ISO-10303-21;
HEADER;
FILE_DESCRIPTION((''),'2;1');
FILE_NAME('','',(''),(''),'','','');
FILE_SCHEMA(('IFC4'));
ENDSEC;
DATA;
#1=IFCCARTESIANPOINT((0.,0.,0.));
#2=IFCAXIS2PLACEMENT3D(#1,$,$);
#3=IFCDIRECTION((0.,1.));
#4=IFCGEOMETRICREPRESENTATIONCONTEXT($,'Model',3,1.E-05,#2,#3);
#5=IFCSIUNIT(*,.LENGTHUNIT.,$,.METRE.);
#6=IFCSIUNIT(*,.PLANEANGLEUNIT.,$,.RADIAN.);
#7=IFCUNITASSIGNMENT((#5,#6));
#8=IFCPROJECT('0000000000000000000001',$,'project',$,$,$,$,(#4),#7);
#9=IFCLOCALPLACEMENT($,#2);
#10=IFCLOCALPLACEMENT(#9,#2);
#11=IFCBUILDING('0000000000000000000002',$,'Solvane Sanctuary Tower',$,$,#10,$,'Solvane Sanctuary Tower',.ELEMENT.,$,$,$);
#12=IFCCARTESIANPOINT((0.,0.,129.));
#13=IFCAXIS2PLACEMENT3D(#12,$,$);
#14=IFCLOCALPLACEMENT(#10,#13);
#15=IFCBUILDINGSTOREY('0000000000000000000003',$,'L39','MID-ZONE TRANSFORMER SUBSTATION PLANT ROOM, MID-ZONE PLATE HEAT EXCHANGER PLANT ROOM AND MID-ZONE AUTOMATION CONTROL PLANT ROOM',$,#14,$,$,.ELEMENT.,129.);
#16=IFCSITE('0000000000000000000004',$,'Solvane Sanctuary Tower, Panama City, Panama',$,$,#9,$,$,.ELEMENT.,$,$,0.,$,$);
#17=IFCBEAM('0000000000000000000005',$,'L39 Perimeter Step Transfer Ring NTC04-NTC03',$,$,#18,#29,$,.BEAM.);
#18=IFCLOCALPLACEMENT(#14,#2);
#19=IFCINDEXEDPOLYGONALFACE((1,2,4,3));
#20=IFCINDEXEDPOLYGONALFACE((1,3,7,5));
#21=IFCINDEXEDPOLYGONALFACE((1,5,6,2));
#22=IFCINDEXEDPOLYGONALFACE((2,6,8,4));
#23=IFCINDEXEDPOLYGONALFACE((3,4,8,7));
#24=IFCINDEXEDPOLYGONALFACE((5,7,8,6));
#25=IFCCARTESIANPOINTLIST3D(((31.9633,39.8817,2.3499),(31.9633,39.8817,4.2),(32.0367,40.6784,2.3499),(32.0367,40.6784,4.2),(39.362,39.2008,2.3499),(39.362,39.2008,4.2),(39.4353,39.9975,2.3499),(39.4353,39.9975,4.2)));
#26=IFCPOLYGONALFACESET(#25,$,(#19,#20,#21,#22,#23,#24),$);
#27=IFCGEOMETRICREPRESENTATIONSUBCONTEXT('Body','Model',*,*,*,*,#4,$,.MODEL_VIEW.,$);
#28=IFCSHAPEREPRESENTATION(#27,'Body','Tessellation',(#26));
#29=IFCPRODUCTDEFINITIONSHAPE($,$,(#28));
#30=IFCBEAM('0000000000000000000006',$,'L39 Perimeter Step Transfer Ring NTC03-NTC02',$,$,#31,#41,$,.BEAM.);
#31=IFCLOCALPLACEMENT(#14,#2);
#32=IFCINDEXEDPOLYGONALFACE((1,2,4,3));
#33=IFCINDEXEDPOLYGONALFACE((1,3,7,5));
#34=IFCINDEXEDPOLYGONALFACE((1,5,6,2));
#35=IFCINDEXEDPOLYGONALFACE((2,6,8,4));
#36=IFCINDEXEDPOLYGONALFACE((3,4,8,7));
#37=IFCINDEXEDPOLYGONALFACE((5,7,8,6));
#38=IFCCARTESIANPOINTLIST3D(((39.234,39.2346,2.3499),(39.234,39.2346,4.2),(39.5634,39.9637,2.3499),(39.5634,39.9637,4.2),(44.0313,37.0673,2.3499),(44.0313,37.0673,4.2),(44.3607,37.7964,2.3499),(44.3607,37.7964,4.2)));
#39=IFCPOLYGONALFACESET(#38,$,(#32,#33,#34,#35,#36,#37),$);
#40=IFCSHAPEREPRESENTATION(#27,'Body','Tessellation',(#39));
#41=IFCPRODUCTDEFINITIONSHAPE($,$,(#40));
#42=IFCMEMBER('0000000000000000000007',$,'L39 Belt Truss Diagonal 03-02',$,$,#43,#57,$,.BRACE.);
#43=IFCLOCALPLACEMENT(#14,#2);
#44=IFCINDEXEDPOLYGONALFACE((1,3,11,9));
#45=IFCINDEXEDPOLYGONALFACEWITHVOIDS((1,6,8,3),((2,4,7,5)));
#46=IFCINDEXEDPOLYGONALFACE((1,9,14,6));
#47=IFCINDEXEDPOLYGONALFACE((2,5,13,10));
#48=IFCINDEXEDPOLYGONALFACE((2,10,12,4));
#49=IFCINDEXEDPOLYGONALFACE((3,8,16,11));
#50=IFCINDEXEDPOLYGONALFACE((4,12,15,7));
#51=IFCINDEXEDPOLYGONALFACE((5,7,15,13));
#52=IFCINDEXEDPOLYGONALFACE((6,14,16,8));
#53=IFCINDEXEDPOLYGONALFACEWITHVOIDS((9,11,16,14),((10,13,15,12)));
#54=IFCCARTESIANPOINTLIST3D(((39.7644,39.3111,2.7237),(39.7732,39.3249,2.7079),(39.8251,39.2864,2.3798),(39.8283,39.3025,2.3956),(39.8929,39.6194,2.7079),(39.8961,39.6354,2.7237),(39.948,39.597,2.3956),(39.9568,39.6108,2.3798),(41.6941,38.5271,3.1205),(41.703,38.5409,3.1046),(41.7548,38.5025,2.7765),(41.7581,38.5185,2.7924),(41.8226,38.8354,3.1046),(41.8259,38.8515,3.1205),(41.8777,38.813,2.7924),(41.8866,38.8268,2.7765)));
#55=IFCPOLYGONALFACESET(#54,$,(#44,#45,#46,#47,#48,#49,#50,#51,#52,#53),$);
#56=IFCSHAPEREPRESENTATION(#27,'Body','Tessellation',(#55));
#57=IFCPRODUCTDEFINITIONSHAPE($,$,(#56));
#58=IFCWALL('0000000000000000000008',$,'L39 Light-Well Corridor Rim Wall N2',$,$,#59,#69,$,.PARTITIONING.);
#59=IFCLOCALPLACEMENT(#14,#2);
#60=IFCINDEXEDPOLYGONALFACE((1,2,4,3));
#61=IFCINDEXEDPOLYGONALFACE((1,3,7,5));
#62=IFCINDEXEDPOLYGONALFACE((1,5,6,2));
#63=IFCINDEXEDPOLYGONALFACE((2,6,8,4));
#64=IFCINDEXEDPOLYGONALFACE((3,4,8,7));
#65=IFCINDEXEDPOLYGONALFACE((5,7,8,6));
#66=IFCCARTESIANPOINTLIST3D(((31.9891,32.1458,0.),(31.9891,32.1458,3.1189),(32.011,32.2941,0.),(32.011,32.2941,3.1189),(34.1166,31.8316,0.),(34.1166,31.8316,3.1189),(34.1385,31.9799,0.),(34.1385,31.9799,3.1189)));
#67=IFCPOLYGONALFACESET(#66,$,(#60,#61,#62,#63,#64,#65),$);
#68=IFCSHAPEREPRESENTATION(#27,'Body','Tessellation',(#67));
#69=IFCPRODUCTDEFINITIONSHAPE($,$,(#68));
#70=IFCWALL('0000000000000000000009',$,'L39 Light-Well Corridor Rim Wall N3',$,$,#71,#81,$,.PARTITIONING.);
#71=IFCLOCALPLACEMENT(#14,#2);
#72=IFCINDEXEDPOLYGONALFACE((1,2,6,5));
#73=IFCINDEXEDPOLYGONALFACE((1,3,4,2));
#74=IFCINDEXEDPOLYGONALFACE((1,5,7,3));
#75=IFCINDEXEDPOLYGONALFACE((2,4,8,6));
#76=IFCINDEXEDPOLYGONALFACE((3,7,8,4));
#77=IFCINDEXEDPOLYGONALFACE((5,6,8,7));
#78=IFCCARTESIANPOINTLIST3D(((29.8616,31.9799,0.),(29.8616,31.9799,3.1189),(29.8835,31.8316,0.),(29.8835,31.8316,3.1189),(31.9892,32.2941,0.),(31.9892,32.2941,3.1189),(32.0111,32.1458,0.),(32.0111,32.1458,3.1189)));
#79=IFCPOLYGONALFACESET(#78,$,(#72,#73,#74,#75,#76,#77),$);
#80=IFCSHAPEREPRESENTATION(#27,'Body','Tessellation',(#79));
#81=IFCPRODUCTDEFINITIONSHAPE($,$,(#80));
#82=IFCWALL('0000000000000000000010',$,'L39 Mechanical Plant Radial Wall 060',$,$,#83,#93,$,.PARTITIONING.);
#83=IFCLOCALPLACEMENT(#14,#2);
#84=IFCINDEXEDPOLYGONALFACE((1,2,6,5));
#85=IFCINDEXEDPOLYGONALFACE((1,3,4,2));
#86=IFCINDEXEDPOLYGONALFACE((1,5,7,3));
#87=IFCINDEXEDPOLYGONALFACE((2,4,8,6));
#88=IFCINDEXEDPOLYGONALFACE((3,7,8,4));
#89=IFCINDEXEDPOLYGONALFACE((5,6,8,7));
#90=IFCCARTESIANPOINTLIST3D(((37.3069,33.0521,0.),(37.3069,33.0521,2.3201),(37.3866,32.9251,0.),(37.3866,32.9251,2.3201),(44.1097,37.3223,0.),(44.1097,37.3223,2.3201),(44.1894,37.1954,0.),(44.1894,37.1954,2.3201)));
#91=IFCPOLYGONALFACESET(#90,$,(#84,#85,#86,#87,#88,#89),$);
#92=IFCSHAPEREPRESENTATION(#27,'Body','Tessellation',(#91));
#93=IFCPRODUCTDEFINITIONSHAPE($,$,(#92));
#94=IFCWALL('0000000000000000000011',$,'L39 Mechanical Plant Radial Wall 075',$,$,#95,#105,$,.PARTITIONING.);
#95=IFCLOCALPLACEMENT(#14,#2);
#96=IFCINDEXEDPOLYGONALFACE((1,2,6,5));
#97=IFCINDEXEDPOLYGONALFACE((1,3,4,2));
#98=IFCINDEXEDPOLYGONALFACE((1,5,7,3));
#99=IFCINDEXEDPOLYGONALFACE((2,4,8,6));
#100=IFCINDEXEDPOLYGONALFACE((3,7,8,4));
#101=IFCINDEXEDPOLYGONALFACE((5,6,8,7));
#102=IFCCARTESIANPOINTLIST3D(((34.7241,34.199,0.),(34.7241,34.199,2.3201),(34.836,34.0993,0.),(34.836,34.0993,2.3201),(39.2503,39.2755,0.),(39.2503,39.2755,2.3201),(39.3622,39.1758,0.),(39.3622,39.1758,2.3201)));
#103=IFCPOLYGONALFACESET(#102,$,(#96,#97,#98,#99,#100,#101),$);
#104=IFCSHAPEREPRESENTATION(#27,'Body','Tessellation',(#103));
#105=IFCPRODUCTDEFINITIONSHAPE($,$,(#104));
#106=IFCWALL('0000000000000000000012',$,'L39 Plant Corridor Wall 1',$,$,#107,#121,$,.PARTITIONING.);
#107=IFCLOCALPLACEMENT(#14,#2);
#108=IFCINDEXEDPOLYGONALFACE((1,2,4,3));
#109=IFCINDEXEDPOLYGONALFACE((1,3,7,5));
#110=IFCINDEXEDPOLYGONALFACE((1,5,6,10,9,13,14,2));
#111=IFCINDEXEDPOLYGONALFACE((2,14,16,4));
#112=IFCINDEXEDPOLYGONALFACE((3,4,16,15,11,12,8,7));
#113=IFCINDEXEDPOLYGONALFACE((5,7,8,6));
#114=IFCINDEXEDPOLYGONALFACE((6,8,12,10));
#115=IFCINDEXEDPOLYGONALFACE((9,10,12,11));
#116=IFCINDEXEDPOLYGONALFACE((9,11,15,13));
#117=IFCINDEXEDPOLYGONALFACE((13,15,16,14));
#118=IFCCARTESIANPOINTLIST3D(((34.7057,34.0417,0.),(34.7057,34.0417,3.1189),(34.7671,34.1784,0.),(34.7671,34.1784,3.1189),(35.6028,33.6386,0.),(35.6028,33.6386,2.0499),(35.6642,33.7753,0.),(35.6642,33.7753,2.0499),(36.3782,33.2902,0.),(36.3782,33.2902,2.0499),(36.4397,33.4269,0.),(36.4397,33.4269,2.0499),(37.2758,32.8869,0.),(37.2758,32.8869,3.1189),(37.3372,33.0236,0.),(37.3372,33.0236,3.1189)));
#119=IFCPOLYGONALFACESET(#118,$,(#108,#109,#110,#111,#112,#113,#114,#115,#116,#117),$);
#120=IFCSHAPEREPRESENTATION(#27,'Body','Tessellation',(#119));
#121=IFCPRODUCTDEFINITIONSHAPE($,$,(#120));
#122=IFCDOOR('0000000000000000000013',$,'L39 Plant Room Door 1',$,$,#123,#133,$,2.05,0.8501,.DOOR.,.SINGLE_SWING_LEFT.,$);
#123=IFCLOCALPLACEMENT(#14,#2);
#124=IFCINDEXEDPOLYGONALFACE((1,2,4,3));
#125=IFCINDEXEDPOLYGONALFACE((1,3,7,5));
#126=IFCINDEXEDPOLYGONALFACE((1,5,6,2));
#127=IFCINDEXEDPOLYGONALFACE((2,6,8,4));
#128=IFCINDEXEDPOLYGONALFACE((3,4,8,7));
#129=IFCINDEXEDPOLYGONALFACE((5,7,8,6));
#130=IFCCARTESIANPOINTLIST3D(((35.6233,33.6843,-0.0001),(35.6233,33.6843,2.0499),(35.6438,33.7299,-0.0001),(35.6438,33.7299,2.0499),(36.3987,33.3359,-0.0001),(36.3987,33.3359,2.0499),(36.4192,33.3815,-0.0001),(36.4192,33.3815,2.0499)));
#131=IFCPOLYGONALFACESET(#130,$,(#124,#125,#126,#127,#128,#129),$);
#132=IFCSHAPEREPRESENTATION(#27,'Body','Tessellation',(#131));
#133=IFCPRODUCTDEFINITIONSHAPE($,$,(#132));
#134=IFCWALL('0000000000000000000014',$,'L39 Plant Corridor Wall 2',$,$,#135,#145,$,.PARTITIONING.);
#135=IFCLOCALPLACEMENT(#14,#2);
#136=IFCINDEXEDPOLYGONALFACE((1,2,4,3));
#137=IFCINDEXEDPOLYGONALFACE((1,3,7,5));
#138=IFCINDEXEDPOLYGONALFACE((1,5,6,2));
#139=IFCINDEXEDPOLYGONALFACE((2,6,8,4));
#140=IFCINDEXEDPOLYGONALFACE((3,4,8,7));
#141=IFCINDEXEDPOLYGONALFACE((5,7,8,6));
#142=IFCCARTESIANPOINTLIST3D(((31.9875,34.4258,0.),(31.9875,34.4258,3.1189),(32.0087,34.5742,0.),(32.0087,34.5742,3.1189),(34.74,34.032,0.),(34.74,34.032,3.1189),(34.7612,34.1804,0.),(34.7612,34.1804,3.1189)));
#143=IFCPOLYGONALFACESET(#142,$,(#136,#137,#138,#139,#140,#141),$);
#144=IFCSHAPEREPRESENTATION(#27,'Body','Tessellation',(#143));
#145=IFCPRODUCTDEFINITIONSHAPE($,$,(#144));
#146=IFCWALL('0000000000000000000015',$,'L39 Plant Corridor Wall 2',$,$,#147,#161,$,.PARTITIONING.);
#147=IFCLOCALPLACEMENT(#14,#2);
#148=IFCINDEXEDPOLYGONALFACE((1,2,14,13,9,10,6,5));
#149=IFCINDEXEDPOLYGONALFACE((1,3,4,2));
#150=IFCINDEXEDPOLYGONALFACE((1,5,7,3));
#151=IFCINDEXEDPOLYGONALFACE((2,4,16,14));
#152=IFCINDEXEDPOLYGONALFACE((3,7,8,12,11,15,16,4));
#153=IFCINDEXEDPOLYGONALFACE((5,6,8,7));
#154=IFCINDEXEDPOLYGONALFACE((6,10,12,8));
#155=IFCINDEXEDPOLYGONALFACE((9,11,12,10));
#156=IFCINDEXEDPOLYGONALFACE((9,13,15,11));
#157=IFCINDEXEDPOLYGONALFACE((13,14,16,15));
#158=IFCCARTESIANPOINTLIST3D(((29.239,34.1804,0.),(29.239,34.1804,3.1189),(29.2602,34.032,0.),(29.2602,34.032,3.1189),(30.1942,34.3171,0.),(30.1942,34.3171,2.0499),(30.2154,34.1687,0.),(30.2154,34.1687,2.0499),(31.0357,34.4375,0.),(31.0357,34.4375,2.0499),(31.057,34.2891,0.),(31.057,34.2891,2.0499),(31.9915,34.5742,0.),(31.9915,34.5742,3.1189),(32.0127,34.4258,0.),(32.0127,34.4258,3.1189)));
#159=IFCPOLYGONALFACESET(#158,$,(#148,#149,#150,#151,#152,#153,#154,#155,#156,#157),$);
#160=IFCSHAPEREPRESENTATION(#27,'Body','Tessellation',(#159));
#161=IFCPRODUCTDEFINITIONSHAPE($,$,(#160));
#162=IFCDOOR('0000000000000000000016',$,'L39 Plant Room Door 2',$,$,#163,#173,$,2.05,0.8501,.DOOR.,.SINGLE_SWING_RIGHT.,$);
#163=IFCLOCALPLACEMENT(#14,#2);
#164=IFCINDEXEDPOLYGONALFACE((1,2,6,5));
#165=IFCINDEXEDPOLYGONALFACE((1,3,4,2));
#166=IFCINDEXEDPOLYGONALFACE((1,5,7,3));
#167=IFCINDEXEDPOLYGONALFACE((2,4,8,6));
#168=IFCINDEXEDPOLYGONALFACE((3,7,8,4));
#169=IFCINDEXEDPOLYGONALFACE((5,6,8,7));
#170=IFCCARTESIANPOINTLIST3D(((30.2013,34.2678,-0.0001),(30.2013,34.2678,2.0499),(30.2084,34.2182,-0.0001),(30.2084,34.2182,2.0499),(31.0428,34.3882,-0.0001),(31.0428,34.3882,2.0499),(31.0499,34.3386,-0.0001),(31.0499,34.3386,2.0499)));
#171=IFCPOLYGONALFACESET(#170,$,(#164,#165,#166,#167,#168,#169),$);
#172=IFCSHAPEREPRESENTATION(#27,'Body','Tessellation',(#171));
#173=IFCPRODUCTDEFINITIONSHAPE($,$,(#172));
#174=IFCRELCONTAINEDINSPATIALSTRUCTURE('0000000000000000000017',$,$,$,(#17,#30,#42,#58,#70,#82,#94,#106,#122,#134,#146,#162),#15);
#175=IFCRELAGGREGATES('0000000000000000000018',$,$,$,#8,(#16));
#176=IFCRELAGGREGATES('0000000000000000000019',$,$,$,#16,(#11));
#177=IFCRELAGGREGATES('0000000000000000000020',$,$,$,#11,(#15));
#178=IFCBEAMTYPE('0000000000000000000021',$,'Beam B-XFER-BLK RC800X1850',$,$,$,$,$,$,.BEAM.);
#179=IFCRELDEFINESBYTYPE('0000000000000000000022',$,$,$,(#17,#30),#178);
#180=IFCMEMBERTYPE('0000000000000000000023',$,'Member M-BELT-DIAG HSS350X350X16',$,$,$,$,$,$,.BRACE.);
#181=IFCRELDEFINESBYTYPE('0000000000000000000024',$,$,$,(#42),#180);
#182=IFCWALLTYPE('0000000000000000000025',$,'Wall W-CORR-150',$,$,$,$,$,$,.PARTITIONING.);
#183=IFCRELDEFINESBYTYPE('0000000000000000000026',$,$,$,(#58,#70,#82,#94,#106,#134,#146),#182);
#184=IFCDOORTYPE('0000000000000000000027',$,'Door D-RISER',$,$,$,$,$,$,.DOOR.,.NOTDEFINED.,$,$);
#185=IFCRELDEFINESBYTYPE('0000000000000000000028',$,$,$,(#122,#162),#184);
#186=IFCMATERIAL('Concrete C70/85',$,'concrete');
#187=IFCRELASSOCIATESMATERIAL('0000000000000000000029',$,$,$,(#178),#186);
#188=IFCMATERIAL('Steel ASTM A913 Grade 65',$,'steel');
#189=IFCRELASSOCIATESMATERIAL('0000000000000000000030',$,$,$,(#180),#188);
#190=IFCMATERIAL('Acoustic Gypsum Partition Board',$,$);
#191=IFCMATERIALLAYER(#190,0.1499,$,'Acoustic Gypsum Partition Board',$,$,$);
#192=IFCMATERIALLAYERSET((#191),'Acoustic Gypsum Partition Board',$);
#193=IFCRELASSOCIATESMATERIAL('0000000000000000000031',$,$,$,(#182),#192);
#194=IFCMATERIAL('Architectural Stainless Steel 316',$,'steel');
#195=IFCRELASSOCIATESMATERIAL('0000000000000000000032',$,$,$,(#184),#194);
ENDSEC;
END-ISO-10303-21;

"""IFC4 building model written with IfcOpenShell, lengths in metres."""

from ifc_helpers import new_model, si_unit, direction, frame, frame_2d, origin, origin_2d, place, context, subcontext, project, spatial, rectangle, hollow_rectangle, extrude, material, layer, layer_set, material_profile, profile_set, type_object, element, fill, save


model = new_model("IFC4")

# Units and contexts
model_context = context("Model", 3, precision=1e-05, world=origin(), true_north=direction((0.0, 1.0)))
body_context = subcontext(model_context, "Body", "Model", "MODEL_VIEW")
ifc_project = project(units=[si_unit("LENGTHUNIT", "METRE"), si_unit("PLANEANGLEUNIT", "RADIAN")], contexts=[model_context])

# Site, building, storey
site_placement = place(None, origin())
site = spatial("IfcSite", under=ifc_project, at=site_placement, Name="Solvane Sanctuary Tower, Panama City, Panama", CompositionType="ELEMENT", RefElevation=0.0)
building_placement = place(site_placement, origin())
building = spatial("IfcBuilding", under=site, at=building_placement, Name="Solvane Sanctuary Tower", LongName="Solvane Sanctuary Tower", CompositionType="ELEMENT")
storey_placement = place(building_placement, frame((0.0, 0.0, 129.0)))
storey = spatial("IfcBuildingStorey", under=building, at=storey_placement, Name="L39", Description="MID-ZONE TRANSFORMER SUBSTATION PLANT ROOM, MID-ZONE PLATE HEAT EXCHANGER PLANT ROOM AND MID-ZONE AUTOMATION CONTROL PLANT ROOM", CompositionType="ELEMENT", Elevation=129.0)

# Beams
ifc_material_1 = material(Name="Steel ASTM A913 Grade 65", Category="steel")
ifc_material_2 = material(Name="Concrete C70/85", Category="concrete")
ifc_material_profile_1 = material_profile(ifc_material_2, rectangle(XDim=0.8, YDim=1.8501, at=origin_2d()), Name="RC800X1850")
ifc_profile_set_1 = profile_set([ifc_material_profile_1], Name="Concrete C70/85")
beam_type_1 = type_object("IfcBeamType", Name="Beam B-XFER-BLK RC800X1850", PredefinedType="BEAM", material=ifc_profile_set_1)
beam_1_placement = place(storey_placement, frame((32.0, 40.28, 3.2749), z_axis=(0.995792, -0.091644, 0.0), x_axis=(0.091644, 0.995792, 0.0)))
element("IfcBeam", 1, at=beam_1_placement, inside=storey, type_object=beam_type_1, Name="L39 Perimeter Step Transfer Ring NTC04-NTC03", PredefinedType="BEAM", context=body_context, shape_type="SweptSolid", body=[
    extrude(rectangle(XDim=0.8, YDim=1.8501, at=origin_2d()), origin(), (0.0, 0.0, 1.0), 7.4299),
])
beam_2_placement = place(storey_placement, frame((39.3987, 39.5991, 3.2749), z_axis=(0.911322, -0.411695, 0.0), x_axis=(0.411695, 0.911322, 0.0)))
element("IfcBeam", 2, at=beam_2_placement, inside=storey, type_object=beam_type_1, Name="L39 Perimeter Step Transfer Ring NTC03-NTC02", PredefinedType="BEAM", context=body_context, shape_type="SweptSolid", body=[
    extrude(rectangle(XDim=0.8, YDim=1.8501, at=origin_2d()), origin(), (0.0, 0.0, 1.0), 5.2642),
])

# Member
ifc_material_profile_2 = material_profile(ifc_material_1, hollow_rectangle(XDim=0.3501, YDim=0.3501, WallThickness=0.0161, at=origin_2d()), Name="HSS350X350X16")
ifc_profile_set_2 = profile_set([ifc_material_profile_2], Name="Steel ASTM A913 Grade 65")
member_type = type_object("IfcMemberType", Name="Member M-BELT-DIAG HSS350X350X16", PredefinedType="BRACE", material=ifc_profile_set_2)
member_placement = place(storey_placement, frame((39.8606, 39.4609, 2.5518), z_axis=(0.910104, -0.36973, 0.18711), x_axis=(0.376377, 0.926467, 0.0)))
element("IfcMember", 3, at=member_placement, inside=storey, type_object=member_type, Name="L39 Belt Truss Diagonal 03-02", PredefinedType="BRACE", context=body_context, shape_type="SweptSolid", body=[
    extrude(hollow_rectangle(XDim=0.3501, YDim=0.3501, WallThickness=0.0161, at=origin_2d()), origin(), (0.0, 0.0, 1.0), 2.1204),
])

# Walls
ifc_material_3 = material(Name="Acoustic Gypsum Partition Board")
ifc_layer_1 = layer(ifc_material_3, 0.1499, Name="Acoustic Gypsum Partition Board")
ifc_layer_set_1 = layer_set([ifc_layer_1], Name="Acoustic Gypsum Partition Board")
wall_type_1 = type_object("IfcWallType", Name="Wall W-CORR-150", PredefinedType="PARTITIONING", material=ifc_layer_set_1)
for number, where, z_axis, x_axis, name in (
    (4, (34.1274, 31.9058, 0.0), (0.0, 0.0, 1.0), (-0.989269, 0.146108, 0.0), "L39 Light-Well Corridor Rim Wall N2"),
    (5, (32.0, 32.22, 0.0), (0.0, 0.0, 1.0), (-0.989269, -0.146108, 0.0), "L39 Light-Well Corridor Rim Wall N3"),
):
    element("IfcWall", number, at=place(storey_placement, frame(where, z_axis=z_axis, x_axis=x_axis)), inside=storey, type_object=wall_type_1, Name=name, PredefinedType="PARTITIONING", context=body_context, shape_type="SweptSolid", body=[
        extrude(rectangle(XDim=2.1506, YDim=0.1499, at=frame_2d((1.0752, 0.0))), origin(), (0.0, 0.0, 1.0), 3.1189),
    ])
wall_1_placement = place(storey_placement, frame((37.3467, 32.9885, 0.0), z_axis=(0.0, 0.0, 1.0), x_axis=(0.846958, 0.531659, 0.0)))
element("IfcWall", 6, at=wall_1_placement, inside=storey, type_object=wall_type_1, Name="L39 Mechanical Plant Radial Wall 060", PredefinedType="PARTITIONING", context=body_context, shape_type="SweptSolid", body=[
    extrude(rectangle(XDim=8.032, YDim=0.1499, at=frame_2d((4.0161, 0.0))), origin(), (0.0, 0.0, 1.0), 2.3201),
])
wall_2_placement = place(storey_placement, frame((34.78, 34.1492, 0.0), z_axis=(0.0, 0.0, 1.0), x_axis=(0.665493, 0.746404, 0.0)))
element("IfcWall", 7, at=wall_2_placement, inside=storey, type_object=wall_type_1, Name="L39 Mechanical Plant Radial Wall 075", PredefinedType="PARTITIONING", context=body_context, shape_type="SweptSolid", body=[
    extrude(rectangle(XDim=6.8013, YDim=0.1499, at=frame_2d((3.4006, 0.0))), origin(), (0.0, 0.0, 1.0), 2.3201),
])

# Wall, opening, door
wall_3_placement = place(storey_placement, frame((37.3064, 32.9553, 0.0), z_axis=(0.0, 0.0, 1.0), x_axis=(-0.912153, 0.409849, 0.0)))
wall_3 = element("IfcWall", 8, at=wall_3_placement, inside=storey, type_object=wall_type_1, Name="L39 Plant Corridor Wall 1", PredefinedType="PARTITIONING", context=body_context, shape_type="SweptSolid", body=[
    extrude(rectangle(XDim=2.8176, YDim=0.1499, at=frame_2d((1.4087, 0.0))), origin(), (0.0, 0.0, 1.0), 3.1189),
])
opening_1_placement = place(wall_3_placement, frame((0.9839, 0.0, 0.0)))
opening_1 = element("IfcOpeningElement", 9, at=opening_1_placement, cuts=wall_3, PredefinedType="OPENING", context=body_context, shape_type="SweptSolid", body=[
    extrude(rectangle(XDim=0.8501, YDim=2.05, at=frame_2d((0.425, 1.0249))), frame((0.0, 0.085, 0.0), z_axis=(0.0, -1.0, 0.0), x_axis=(1.0, 0.0, 0.0)), (0.0, 0.0, 1.0), 0.1699),
])
ifc_material_4 = material(Name="Architectural Stainless Steel 316", Category="steel")
door_type = type_object("IfcDoorType", Name="Door D-RISER", OperationType="NOTDEFINED", PredefinedType="DOOR", material=ifc_material_4)
door_1_placement = place(opening_1_placement, origin())
door_1 = element("IfcDoor", 10, at=door_1_placement, inside=storey, type_object=door_type, Name="L39 Plant Room Door 1", OperationType="SINGLE_SWING_LEFT", OverallHeight=2.05, OverallWidth=0.8501, PredefinedType="DOOR", context=body_context, shape_type="SweptSolid", body=[
    extrude(rectangle(XDim=0.8501, YDim=2.05, at=frame_2d((0.425, 1.0249))), frame((0.0, 0.0249, 0.0), z_axis=(0.0, -1.0, 0.0), x_axis=(1.0, 0.0, 0.0)), (0.0, 0.0, 1.0), 0.05),
])
fill(opening_1, door_1)

# Wall
wall_4_placement = place(storey_placement, frame((34.7505, 34.1062, 0.0), z_axis=(0.0, 0.0, 1.0), x_axis=(-0.98992, 0.14163, 0.0)))
element("IfcWall", 11, at=wall_4_placement, inside=storey, type_object=wall_type_1, Name="L39 Plant Corridor Wall 2", PredefinedType="PARTITIONING", context=body_context, shape_type="SweptSolid", body=[
    extrude(rectangle(XDim=2.7805, YDim=0.1499, at=frame_2d((1.3901, 0.0))), origin(), (0.0, 0.0, 1.0), 3.1189),
])

# Wall, opening, door
wall_5_placement = place(storey_placement, frame((32.002, 34.5, 0.0), z_axis=(0.0, 0.0, 1.0), x_axis=(-0.98992, -0.14163, 0.0)))
wall_5 = element("IfcWall", 12, at=wall_5_placement, inside=storey, type_object=wall_type_1, Name="L39 Plant Corridor Wall 2", PredefinedType="PARTITIONING", context=body_context, shape_type="SweptSolid", body=[
    extrude(rectangle(XDim=2.7805, YDim=0.1499, at=frame_2d((1.3901, 0.0))), origin(), (0.0, 0.0, 1.0), 3.1189),
])
opening_2_placement = place(wall_5_placement, frame((0.9653, 0.0, 0.0)))
opening_2 = element("IfcOpeningElement", 13, at=opening_2_placement, cuts=wall_5, PredefinedType="OPENING", context=body_context, shape_type="SweptSolid", body=[
    extrude(rectangle(XDim=0.8501, YDim=2.05, at=frame_2d((0.425, 1.0249))), frame((0.0, 0.085, 0.0), z_axis=(0.0, -1.0, 0.0), x_axis=(1.0, 0.0, 0.0)), (0.0, 0.0, 1.0), 0.1699),
])
door_2_placement = place(opening_2_placement, origin())
door_2 = element("IfcDoor", 14, at=door_2_placement, inside=storey, type_object=door_type, Name="L39 Plant Room Door 2", OperationType="SINGLE_SWING_RIGHT", OverallHeight=2.05, OverallWidth=0.8501, PredefinedType="DOOR", context=body_context, shape_type="SweptSolid", body=[
    extrude(rectangle(XDim=0.8501, YDim=2.05, at=frame_2d((0.425, 1.0249))), frame((0.0, 0.0249, 0.0), z_axis=(0.0, -1.0, 0.0), x_axis=(1.0, 0.0, 0.0)), (0.0, 0.0, 1.0), 0.05),
])
fill(opening_2, door_2)

save(model, "model.ifc")
